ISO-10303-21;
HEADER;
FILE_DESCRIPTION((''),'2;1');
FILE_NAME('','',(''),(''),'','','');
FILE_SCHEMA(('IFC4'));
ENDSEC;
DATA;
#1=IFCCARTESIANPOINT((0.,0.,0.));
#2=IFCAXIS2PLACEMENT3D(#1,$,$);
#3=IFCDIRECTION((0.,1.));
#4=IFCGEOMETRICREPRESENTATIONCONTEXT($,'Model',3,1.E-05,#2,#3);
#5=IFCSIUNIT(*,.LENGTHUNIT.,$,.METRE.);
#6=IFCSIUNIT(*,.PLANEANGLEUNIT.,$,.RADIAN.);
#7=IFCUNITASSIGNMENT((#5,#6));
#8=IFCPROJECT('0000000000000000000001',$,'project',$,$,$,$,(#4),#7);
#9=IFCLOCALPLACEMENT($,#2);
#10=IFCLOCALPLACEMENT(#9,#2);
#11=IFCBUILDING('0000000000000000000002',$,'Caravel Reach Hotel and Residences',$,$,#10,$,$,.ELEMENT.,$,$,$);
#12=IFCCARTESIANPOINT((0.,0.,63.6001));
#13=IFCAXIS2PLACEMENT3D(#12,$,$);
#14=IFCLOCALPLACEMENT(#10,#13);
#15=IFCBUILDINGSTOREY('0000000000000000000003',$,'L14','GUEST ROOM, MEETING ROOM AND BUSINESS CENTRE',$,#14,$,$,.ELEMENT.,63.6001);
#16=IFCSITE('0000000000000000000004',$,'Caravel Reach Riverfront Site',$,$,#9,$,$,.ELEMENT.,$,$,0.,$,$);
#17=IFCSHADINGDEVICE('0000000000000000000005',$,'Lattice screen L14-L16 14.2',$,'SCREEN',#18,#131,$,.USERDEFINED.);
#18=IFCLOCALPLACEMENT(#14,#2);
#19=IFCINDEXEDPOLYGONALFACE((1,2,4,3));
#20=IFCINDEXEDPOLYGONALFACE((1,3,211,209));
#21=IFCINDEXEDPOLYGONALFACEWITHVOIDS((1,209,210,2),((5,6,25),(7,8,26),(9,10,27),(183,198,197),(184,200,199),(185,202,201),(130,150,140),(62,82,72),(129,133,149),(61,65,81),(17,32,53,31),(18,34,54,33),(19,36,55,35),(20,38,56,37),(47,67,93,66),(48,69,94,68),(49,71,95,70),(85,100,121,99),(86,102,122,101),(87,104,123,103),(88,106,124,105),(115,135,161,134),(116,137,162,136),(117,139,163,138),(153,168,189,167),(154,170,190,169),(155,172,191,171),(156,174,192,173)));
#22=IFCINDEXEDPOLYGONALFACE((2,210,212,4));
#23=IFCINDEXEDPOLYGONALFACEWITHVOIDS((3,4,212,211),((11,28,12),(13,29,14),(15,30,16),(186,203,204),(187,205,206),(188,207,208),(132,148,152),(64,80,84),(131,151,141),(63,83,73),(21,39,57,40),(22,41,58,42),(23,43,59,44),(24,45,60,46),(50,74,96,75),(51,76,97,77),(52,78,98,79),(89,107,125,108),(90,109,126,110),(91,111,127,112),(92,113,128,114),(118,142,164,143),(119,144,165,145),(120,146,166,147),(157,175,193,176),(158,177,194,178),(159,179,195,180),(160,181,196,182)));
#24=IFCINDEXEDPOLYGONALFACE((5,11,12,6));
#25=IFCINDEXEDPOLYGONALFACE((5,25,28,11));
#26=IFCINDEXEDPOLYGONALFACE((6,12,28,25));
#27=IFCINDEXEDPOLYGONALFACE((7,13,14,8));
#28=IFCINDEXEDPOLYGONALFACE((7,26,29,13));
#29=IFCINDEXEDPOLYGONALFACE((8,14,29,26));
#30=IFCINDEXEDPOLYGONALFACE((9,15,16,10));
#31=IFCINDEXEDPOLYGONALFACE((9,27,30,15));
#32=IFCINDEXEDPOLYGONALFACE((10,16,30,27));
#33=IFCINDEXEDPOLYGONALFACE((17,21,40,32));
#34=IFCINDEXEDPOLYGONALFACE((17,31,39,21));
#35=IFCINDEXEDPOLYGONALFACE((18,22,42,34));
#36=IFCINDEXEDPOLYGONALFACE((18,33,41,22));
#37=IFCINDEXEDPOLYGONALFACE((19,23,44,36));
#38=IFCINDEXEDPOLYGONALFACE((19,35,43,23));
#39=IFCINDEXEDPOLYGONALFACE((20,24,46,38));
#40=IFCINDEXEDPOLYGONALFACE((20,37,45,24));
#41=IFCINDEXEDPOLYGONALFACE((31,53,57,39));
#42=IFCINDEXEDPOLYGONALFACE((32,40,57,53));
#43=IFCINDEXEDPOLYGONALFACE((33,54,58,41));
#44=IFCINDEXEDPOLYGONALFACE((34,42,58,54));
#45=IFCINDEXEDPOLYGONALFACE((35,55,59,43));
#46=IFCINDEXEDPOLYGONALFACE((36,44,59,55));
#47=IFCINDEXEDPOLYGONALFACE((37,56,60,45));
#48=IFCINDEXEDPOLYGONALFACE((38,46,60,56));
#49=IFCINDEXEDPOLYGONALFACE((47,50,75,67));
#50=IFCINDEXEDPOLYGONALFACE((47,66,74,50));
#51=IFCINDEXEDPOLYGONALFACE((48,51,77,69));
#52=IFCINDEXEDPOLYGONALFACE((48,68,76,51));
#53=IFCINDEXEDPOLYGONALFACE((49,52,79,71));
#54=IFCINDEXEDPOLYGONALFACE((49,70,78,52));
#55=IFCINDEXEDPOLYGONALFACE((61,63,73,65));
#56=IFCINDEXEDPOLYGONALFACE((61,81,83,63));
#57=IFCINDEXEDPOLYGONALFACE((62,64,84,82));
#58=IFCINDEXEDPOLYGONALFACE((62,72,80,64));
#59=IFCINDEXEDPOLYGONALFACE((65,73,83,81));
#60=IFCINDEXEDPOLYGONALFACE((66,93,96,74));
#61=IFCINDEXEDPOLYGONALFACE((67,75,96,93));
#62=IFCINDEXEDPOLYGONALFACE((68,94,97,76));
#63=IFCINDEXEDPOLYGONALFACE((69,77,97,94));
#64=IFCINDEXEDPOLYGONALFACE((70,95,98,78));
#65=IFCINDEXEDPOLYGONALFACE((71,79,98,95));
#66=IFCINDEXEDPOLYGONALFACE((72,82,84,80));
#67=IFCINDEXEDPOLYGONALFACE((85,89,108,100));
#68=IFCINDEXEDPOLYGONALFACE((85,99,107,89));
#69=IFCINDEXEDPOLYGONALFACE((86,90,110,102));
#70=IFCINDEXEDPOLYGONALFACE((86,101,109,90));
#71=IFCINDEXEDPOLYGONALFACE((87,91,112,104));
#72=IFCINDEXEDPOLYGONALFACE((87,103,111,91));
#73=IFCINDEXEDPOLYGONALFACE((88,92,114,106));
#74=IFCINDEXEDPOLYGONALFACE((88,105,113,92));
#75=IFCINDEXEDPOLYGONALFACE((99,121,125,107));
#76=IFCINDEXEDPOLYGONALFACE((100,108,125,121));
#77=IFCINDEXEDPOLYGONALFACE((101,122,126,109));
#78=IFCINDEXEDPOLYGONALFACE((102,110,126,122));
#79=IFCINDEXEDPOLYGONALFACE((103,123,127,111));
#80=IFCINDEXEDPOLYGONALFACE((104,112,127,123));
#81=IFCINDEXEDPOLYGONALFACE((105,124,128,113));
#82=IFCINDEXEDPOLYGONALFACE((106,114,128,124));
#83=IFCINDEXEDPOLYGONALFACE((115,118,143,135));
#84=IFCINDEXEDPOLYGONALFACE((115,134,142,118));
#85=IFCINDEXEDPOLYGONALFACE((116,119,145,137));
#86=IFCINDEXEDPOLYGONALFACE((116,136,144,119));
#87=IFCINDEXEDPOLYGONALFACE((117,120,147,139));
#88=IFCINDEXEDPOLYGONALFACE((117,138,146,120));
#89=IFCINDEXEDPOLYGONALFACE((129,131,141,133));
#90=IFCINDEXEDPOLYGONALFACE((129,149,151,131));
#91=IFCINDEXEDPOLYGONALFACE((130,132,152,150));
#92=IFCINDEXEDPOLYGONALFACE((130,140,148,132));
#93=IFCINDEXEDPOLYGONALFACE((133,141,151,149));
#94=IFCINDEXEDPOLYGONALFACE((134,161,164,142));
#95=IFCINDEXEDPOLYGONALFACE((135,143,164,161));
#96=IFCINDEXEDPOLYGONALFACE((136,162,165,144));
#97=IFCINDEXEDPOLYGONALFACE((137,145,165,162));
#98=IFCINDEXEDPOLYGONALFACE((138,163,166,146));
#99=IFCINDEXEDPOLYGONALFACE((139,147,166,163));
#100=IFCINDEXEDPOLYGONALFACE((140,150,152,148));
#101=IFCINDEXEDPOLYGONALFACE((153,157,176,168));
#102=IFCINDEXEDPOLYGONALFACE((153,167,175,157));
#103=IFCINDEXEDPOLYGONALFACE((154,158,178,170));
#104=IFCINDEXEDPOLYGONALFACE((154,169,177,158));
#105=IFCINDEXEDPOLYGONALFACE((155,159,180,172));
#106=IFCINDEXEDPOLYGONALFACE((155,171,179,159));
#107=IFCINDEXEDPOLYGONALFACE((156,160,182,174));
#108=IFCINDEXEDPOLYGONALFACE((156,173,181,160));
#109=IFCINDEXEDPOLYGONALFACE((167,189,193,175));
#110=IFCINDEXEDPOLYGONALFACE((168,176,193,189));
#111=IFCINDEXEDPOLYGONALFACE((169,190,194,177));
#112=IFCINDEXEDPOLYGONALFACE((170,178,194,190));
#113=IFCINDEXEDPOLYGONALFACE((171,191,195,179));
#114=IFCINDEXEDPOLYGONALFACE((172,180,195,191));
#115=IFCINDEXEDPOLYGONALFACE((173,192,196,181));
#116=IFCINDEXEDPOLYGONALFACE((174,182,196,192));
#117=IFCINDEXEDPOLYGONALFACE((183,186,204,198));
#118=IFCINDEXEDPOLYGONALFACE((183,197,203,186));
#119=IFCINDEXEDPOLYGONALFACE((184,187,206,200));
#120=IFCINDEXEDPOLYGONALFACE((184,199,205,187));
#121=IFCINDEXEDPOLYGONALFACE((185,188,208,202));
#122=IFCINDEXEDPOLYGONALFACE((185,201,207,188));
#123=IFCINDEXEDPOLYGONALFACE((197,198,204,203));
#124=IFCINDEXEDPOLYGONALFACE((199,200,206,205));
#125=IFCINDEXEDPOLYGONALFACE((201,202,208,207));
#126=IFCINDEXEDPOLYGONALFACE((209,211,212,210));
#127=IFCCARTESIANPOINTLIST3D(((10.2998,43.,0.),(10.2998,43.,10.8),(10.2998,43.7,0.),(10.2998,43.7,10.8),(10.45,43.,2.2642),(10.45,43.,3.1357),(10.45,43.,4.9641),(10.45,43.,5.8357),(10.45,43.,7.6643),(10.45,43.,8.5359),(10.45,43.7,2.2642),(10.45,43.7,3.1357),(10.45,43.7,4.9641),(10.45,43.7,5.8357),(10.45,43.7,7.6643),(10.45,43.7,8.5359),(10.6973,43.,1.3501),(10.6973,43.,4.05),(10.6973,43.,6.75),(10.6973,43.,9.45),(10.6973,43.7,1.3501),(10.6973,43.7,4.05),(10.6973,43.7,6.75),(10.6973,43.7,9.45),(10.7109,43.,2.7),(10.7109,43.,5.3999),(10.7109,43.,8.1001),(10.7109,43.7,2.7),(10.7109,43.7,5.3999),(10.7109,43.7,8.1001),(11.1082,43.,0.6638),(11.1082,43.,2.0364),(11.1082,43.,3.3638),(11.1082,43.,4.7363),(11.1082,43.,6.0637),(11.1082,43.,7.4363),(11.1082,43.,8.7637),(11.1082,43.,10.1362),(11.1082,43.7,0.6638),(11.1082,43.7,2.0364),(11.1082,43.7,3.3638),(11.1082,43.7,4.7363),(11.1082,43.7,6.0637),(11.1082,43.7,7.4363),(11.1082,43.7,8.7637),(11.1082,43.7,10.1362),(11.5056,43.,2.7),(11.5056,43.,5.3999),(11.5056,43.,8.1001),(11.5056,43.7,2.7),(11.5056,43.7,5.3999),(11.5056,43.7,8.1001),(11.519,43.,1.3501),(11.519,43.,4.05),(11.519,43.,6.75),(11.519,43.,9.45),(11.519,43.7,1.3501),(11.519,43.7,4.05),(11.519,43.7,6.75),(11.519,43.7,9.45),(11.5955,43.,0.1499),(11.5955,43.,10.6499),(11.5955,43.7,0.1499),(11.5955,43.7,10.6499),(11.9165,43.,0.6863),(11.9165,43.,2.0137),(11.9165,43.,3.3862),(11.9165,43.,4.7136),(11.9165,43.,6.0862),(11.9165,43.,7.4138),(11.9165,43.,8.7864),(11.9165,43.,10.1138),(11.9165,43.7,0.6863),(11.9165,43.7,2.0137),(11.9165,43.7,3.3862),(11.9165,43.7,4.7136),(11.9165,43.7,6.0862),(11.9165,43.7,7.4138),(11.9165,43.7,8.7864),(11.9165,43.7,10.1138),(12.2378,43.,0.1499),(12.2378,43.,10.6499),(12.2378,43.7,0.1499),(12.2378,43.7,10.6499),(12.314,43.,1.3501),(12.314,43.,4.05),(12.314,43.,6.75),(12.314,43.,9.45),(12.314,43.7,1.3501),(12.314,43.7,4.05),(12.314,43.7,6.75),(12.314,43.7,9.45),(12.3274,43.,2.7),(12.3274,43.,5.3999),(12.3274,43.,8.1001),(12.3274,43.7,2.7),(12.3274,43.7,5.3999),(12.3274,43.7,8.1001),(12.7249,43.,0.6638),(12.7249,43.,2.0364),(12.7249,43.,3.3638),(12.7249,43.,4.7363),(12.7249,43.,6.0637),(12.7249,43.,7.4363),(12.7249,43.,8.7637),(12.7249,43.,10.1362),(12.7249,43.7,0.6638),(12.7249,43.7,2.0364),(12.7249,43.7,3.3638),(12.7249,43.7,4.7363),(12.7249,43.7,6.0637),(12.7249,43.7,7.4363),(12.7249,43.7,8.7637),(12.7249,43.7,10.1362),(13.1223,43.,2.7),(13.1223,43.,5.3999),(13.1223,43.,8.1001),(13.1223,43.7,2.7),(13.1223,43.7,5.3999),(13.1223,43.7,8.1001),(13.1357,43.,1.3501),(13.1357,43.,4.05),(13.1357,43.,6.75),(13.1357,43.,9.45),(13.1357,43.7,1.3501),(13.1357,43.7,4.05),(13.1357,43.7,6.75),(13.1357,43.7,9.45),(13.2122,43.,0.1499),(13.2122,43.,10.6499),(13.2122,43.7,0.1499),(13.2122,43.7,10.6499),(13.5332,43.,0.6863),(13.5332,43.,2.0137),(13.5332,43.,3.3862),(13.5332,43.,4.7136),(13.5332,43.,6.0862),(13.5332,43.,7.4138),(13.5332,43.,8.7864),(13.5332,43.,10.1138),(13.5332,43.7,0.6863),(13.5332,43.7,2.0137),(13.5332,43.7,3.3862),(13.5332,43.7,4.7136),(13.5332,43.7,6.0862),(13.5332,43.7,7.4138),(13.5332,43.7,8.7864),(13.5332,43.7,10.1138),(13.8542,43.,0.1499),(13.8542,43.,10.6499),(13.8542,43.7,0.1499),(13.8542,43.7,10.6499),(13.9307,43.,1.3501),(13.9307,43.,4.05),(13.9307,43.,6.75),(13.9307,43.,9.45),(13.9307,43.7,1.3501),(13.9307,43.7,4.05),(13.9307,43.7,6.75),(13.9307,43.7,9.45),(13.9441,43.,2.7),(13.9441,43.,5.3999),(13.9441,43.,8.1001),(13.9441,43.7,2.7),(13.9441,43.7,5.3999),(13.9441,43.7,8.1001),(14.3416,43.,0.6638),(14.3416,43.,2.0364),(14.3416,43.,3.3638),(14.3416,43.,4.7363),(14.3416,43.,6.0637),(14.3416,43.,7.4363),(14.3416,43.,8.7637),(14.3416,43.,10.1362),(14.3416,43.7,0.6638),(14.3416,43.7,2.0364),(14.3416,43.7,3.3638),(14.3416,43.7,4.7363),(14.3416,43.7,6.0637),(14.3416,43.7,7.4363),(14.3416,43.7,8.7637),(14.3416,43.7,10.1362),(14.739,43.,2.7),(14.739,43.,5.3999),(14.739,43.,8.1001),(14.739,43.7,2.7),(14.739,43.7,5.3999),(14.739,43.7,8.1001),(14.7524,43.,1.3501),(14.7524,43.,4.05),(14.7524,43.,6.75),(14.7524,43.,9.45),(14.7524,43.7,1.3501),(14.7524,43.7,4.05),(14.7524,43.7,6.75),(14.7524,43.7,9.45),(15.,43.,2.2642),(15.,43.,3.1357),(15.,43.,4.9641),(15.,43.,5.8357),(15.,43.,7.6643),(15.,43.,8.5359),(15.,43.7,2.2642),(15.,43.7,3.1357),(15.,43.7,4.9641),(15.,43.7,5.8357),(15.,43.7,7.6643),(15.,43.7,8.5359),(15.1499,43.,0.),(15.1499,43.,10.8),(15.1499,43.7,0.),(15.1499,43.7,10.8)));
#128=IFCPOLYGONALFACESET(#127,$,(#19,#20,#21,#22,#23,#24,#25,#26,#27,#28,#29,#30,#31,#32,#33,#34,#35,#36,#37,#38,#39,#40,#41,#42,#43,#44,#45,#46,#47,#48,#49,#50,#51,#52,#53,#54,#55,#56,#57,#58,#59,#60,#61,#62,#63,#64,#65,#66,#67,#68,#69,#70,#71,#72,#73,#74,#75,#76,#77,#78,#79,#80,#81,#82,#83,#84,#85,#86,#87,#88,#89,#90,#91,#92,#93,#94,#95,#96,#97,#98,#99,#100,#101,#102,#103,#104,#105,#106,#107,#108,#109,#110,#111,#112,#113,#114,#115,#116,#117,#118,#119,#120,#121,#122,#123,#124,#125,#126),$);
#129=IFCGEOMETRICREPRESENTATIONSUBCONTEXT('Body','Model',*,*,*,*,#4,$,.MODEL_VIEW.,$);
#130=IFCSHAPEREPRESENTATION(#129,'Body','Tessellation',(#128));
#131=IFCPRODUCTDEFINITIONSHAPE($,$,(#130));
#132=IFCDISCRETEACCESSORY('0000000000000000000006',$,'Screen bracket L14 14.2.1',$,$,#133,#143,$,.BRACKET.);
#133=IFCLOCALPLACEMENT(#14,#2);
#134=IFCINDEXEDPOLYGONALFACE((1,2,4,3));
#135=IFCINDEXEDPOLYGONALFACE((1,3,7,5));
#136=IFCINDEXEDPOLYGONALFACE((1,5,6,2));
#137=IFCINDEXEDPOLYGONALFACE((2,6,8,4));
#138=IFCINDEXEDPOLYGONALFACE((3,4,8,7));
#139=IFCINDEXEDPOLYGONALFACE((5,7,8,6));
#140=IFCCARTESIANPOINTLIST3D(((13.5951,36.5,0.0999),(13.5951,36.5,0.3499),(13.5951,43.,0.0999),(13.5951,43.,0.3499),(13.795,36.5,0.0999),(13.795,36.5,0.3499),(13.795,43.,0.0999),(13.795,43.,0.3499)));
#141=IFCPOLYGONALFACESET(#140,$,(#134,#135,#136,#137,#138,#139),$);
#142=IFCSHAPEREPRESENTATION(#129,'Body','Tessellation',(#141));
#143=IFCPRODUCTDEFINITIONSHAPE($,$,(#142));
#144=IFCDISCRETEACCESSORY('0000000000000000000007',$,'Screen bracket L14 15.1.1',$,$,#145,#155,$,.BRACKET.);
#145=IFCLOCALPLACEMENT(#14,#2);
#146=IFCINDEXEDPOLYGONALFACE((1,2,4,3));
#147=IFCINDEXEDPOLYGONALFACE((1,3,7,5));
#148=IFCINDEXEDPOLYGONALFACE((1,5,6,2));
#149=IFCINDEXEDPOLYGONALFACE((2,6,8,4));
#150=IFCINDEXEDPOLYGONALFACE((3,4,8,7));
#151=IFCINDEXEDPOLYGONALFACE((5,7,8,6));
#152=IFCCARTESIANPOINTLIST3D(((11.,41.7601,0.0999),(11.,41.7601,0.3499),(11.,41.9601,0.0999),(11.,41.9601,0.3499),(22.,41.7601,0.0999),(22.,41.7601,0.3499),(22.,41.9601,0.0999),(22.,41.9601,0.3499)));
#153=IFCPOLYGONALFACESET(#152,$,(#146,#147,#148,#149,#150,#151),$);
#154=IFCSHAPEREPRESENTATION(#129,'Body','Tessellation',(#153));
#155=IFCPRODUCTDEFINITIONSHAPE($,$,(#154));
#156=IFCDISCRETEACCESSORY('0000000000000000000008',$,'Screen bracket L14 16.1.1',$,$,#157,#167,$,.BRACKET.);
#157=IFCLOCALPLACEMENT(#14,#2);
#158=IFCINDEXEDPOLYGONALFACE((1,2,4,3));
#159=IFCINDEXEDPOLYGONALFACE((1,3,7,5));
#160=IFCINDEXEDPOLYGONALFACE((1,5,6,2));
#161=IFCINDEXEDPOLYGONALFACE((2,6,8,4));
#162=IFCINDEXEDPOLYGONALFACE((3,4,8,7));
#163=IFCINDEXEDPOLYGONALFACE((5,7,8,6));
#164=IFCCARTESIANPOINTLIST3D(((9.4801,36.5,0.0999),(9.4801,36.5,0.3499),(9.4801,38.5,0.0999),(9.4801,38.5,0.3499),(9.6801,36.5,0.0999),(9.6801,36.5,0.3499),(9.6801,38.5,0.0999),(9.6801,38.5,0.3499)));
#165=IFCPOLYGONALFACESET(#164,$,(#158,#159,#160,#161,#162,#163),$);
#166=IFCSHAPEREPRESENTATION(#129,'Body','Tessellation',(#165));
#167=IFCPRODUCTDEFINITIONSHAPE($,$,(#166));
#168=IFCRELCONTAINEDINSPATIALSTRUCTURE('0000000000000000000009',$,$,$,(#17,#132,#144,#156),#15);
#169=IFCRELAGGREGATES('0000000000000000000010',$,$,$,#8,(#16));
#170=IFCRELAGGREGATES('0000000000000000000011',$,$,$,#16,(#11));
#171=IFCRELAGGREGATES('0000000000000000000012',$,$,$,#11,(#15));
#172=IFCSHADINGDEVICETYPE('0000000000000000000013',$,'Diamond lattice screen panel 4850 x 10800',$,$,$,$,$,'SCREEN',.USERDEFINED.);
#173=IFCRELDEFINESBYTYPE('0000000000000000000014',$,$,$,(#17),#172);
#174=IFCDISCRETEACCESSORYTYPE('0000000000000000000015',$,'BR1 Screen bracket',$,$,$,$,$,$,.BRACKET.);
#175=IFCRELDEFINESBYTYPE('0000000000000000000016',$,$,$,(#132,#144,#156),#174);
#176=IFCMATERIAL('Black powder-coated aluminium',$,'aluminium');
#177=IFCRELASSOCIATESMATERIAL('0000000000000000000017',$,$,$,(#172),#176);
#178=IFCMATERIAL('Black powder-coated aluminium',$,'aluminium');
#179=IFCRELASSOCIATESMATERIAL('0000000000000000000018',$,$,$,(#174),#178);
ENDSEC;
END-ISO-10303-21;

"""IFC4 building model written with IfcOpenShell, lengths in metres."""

from ifc_helpers import new_model, si_unit, direction, frame, origin, origin_2d, place, context, subcontext, project, spatial, polyline, rectangle, outline, extrude, material, type_object, element, save


model = new_model("IFC4")

# Units and contexts
model_context = context("Model", 3, precision=1e-05, world=origin(), true_north=direction((0.0, 1.0)))
body_context = subcontext(model_context, "Body", "Model", "MODEL_VIEW")
ifc_project = project(units=[si_unit("LENGTHUNIT", "METRE"), si_unit("PLANEANGLEUNIT", "RADIAN")], contexts=[model_context])

# Site, building, storey
site_placement = place(None, origin())
site = spatial("IfcSite", under=ifc_project, at=site_placement, Name="Caravel Reach Riverfront Site", CompositionType="ELEMENT", RefElevation=0.0)
building_placement = place(site_placement, origin())
building = spatial("IfcBuilding", under=site, at=building_placement, Name="Caravel Reach Hotel and Residences", CompositionType="ELEMENT")
storey_placement = place(building_placement, frame((0.0, 0.0, 63.6001)))
storey = spatial("IfcBuildingStorey", under=building, at=storey_placement, Name="L14", Description="GUEST ROOM, MEETING ROOM AND BUSINESS CENTRE", CompositionType="ELEMENT", Elevation=63.6001)

# Shading device
ifc_material_1 = material(Name="Black powder-coated aluminium", Category="aluminium")
shading_device_type_1 = type_object("IfcShadingDeviceType", Name="Diamond lattice screen panel 4850 x 10800", ElementType="SCREEN", PredefinedType="USERDEFINED", material=ifc_material_1)
shading_device_1_placement = place(storey_placement, frame((15.1499, 43.0, 0.0), z_axis=(0.0, 1.0, 0.0), x_axis=(-1.0, 0.0, 0.0)))
element("IfcShadingDevice", 1, at=shading_device_1_placement, inside=storey, type_object=shading_device_type_1, Name="Lattice screen L14-L16 14.2", ObjectType="SCREEN", PredefinedType="USERDEFINED", context=body_context, shape_type="SweptSolid", body=[
    extrude(outline(polyline([(0.0, 0.0), (4.8501, 0.0), (4.8501, 10.8), (0.0, 10.8), (0.0, 0.0)]), holes=[polyline([(0.4109, 2.7), (0.1499, 3.1357), (0.1499, 2.2642), (0.4109, 2.7)]), polyline([(0.4109, 5.3999), (0.1499, 5.8357), (0.1499, 4.9641), (0.4109, 5.3999)]), polyline([(0.4109, 8.1001), (0.1499, 8.5359), (0.1499, 7.6643), (0.4109, 8.1001)]), polyline([(0.8083, 2.0364), (0.3975, 1.3501), (0.8083, 0.6638), (1.2192, 1.3501), (0.8083, 2.0364)]), polyline([(0.8083, 4.7363), (0.3975, 4.05), (0.8083, 3.3638), (1.2192, 4.05), (0.8083, 4.7363)]), polyline([(0.8083, 7.4363), (0.3975, 6.75), (0.8083, 6.0637), (1.2192, 6.75), (0.8083, 7.4363)]), polyline([(0.8083, 10.1362), (0.3975, 9.45), (0.8083, 8.7637), (1.2192, 9.45), (0.8083, 10.1362)]), polyline([(1.6167, 0.6863), (1.2957, 0.1499), (1.9377, 0.1499), (1.6167, 0.6863)]), polyline([(1.6167, 3.3862), (1.2058, 2.7), (1.6167, 2.0137), (2.0276, 2.7), (1.6167, 3.3862)]), polyline([(1.6167, 6.0862), (1.2058, 5.3999), (1.6167, 4.7136), (2.0276, 5.3999), (1.6167, 6.0862)]), polyline([(1.6167, 8.7864), (1.2058, 8.1001), (1.6167, 7.4138), (2.0276, 8.1001), (1.6167, 8.7864)]), polyline([(1.6167, 10.1138), (1.9377, 10.6499), (1.2957, 10.6499), (1.6167, 10.1138)]), polyline([(2.425, 2.0364), (2.0142, 1.3501), (2.425, 0.6638), (2.8359, 1.3501), (2.425, 2.0364)]), polyline([(2.425, 4.7363), (2.0142, 4.05), (2.425, 3.3638), (2.8359, 4.05), (2.425, 4.7363)]), polyline([(2.425, 7.4363), (2.0142, 6.75), (2.425, 6.0637), (2.8359, 6.75), (2.425, 7.4363)]), polyline([(2.425, 10.1362), (2.0142, 9.45), (2.425, 8.7637), (2.8359, 9.45), (2.425, 10.1362)]), polyline([(3.2334, 0.6863), (2.9121, 0.1499), (3.5544, 0.1499), (3.2334, 0.6863)]), polyline([(3.2334, 3.3862), (2.8225, 2.7), (3.2334, 2.0137), (3.6443, 2.7), (3.2334, 3.3862)]), polyline([(3.2334, 6.0862), (2.8225, 5.3999), (3.2334, 4.7136), (3.6443, 5.3999), (3.2334, 6.0862)]), polyline([(3.2334, 8.7864), (2.8225, 8.1001), (3.2334, 7.4138), (3.6443, 8.1001), (3.2334, 8.7864)]), polyline([(3.2334, 10.1138), (3.5544, 10.6499), (2.9121, 10.6499), (3.2334, 10.1138)]), polyline([(4.0417, 2.0364), (3.6309, 1.3501), (4.0417, 0.6638), (4.4526, 1.3501), (4.0417, 2.0364)]), polyline([(4.0417, 4.7363), (3.6309, 4.05), (4.0417, 3.3638), (4.4526, 4.05), (4.0417, 4.7363)]), polyline([(4.0417, 7.4363), (3.6309, 6.75), (4.0417, 6.0637), (4.4526, 6.75), (4.0417, 7.4363)]), polyline([(4.0417, 10.1362), (3.6309, 9.45), (4.0417, 8.7637), (4.4526, 9.45), (4.0417, 10.1362)]), polyline([(4.439, 2.7), (4.7, 2.2642), (4.7, 3.1357), (4.439, 2.7)]), polyline([(4.439, 5.3999), (4.7, 4.9641), (4.7, 5.8357), (4.439, 5.3999)]), polyline([(4.439, 8.1001), (4.7, 7.6643), (4.7, 8.5359), (4.439, 8.1001)])]), origin(), (0.0, 0.0, 1.0), 0.7),
])

# Discrete accessories
ifc_material_2 = material(Name="Black powder-coated aluminium", Category="aluminium")
discrete_accessory_type = type_object("IfcDiscreteAccessoryType", Name="BR1 Screen bracket", PredefinedType="BRACKET", material=ifc_material_2)
discrete_accessory_1_placement = place(storey_placement, frame((13.6951, 39.75, 0.0999), z_axis=(0.0, 0.0, 1.0), x_axis=(0.0, 1.0, 0.0)))
element("IfcDiscreteAccessory", 2, at=discrete_accessory_1_placement, inside=storey, type_object=discrete_accessory_type, Name="Screen bracket L14 14.2.1", PredefinedType="BRACKET", context=body_context, shape_type="SweptSolid", body=[
    extrude(rectangle(XDim=6.5, YDim=0.2, at=origin_2d()), origin(), (0.0, 0.0, 1.0), 0.25),
])
discrete_accessory_2_placement = place(storey_placement, frame((16.5, 41.8601, 0.0999), z_axis=(0.0, 0.0, 1.0), x_axis=(-1.0, 0.0, 0.0)))
element("IfcDiscreteAccessory", 3, at=discrete_accessory_2_placement, inside=storey, type_object=discrete_accessory_type, Name="Screen bracket L14 15.1.1", PredefinedType="BRACKET", context=body_context, shape_type="SweptSolid", body=[
    extrude(rectangle(XDim=11.0, YDim=0.2, at=origin_2d()), origin(), (0.0, 0.0, 1.0), 0.25),
])
discrete_accessory_3_placement = place(storey_placement, frame((9.5801, 37.5, 0.0999), z_axis=(0.0, 0.0, 1.0), x_axis=(0.0, 1.0, 0.0)))
element("IfcDiscreteAccessory", 4, at=discrete_accessory_3_placement, inside=storey, type_object=discrete_accessory_type, Name="Screen bracket L14 16.1.1", PredefinedType="BRACKET", context=body_context, shape_type="SweptSolid", body=[
    extrude(rectangle(XDim=2.0, YDim=0.2, at=origin_2d()), origin(), (0.0, 0.0, 1.0), 0.25),
])

save(model, "model.ifc")
